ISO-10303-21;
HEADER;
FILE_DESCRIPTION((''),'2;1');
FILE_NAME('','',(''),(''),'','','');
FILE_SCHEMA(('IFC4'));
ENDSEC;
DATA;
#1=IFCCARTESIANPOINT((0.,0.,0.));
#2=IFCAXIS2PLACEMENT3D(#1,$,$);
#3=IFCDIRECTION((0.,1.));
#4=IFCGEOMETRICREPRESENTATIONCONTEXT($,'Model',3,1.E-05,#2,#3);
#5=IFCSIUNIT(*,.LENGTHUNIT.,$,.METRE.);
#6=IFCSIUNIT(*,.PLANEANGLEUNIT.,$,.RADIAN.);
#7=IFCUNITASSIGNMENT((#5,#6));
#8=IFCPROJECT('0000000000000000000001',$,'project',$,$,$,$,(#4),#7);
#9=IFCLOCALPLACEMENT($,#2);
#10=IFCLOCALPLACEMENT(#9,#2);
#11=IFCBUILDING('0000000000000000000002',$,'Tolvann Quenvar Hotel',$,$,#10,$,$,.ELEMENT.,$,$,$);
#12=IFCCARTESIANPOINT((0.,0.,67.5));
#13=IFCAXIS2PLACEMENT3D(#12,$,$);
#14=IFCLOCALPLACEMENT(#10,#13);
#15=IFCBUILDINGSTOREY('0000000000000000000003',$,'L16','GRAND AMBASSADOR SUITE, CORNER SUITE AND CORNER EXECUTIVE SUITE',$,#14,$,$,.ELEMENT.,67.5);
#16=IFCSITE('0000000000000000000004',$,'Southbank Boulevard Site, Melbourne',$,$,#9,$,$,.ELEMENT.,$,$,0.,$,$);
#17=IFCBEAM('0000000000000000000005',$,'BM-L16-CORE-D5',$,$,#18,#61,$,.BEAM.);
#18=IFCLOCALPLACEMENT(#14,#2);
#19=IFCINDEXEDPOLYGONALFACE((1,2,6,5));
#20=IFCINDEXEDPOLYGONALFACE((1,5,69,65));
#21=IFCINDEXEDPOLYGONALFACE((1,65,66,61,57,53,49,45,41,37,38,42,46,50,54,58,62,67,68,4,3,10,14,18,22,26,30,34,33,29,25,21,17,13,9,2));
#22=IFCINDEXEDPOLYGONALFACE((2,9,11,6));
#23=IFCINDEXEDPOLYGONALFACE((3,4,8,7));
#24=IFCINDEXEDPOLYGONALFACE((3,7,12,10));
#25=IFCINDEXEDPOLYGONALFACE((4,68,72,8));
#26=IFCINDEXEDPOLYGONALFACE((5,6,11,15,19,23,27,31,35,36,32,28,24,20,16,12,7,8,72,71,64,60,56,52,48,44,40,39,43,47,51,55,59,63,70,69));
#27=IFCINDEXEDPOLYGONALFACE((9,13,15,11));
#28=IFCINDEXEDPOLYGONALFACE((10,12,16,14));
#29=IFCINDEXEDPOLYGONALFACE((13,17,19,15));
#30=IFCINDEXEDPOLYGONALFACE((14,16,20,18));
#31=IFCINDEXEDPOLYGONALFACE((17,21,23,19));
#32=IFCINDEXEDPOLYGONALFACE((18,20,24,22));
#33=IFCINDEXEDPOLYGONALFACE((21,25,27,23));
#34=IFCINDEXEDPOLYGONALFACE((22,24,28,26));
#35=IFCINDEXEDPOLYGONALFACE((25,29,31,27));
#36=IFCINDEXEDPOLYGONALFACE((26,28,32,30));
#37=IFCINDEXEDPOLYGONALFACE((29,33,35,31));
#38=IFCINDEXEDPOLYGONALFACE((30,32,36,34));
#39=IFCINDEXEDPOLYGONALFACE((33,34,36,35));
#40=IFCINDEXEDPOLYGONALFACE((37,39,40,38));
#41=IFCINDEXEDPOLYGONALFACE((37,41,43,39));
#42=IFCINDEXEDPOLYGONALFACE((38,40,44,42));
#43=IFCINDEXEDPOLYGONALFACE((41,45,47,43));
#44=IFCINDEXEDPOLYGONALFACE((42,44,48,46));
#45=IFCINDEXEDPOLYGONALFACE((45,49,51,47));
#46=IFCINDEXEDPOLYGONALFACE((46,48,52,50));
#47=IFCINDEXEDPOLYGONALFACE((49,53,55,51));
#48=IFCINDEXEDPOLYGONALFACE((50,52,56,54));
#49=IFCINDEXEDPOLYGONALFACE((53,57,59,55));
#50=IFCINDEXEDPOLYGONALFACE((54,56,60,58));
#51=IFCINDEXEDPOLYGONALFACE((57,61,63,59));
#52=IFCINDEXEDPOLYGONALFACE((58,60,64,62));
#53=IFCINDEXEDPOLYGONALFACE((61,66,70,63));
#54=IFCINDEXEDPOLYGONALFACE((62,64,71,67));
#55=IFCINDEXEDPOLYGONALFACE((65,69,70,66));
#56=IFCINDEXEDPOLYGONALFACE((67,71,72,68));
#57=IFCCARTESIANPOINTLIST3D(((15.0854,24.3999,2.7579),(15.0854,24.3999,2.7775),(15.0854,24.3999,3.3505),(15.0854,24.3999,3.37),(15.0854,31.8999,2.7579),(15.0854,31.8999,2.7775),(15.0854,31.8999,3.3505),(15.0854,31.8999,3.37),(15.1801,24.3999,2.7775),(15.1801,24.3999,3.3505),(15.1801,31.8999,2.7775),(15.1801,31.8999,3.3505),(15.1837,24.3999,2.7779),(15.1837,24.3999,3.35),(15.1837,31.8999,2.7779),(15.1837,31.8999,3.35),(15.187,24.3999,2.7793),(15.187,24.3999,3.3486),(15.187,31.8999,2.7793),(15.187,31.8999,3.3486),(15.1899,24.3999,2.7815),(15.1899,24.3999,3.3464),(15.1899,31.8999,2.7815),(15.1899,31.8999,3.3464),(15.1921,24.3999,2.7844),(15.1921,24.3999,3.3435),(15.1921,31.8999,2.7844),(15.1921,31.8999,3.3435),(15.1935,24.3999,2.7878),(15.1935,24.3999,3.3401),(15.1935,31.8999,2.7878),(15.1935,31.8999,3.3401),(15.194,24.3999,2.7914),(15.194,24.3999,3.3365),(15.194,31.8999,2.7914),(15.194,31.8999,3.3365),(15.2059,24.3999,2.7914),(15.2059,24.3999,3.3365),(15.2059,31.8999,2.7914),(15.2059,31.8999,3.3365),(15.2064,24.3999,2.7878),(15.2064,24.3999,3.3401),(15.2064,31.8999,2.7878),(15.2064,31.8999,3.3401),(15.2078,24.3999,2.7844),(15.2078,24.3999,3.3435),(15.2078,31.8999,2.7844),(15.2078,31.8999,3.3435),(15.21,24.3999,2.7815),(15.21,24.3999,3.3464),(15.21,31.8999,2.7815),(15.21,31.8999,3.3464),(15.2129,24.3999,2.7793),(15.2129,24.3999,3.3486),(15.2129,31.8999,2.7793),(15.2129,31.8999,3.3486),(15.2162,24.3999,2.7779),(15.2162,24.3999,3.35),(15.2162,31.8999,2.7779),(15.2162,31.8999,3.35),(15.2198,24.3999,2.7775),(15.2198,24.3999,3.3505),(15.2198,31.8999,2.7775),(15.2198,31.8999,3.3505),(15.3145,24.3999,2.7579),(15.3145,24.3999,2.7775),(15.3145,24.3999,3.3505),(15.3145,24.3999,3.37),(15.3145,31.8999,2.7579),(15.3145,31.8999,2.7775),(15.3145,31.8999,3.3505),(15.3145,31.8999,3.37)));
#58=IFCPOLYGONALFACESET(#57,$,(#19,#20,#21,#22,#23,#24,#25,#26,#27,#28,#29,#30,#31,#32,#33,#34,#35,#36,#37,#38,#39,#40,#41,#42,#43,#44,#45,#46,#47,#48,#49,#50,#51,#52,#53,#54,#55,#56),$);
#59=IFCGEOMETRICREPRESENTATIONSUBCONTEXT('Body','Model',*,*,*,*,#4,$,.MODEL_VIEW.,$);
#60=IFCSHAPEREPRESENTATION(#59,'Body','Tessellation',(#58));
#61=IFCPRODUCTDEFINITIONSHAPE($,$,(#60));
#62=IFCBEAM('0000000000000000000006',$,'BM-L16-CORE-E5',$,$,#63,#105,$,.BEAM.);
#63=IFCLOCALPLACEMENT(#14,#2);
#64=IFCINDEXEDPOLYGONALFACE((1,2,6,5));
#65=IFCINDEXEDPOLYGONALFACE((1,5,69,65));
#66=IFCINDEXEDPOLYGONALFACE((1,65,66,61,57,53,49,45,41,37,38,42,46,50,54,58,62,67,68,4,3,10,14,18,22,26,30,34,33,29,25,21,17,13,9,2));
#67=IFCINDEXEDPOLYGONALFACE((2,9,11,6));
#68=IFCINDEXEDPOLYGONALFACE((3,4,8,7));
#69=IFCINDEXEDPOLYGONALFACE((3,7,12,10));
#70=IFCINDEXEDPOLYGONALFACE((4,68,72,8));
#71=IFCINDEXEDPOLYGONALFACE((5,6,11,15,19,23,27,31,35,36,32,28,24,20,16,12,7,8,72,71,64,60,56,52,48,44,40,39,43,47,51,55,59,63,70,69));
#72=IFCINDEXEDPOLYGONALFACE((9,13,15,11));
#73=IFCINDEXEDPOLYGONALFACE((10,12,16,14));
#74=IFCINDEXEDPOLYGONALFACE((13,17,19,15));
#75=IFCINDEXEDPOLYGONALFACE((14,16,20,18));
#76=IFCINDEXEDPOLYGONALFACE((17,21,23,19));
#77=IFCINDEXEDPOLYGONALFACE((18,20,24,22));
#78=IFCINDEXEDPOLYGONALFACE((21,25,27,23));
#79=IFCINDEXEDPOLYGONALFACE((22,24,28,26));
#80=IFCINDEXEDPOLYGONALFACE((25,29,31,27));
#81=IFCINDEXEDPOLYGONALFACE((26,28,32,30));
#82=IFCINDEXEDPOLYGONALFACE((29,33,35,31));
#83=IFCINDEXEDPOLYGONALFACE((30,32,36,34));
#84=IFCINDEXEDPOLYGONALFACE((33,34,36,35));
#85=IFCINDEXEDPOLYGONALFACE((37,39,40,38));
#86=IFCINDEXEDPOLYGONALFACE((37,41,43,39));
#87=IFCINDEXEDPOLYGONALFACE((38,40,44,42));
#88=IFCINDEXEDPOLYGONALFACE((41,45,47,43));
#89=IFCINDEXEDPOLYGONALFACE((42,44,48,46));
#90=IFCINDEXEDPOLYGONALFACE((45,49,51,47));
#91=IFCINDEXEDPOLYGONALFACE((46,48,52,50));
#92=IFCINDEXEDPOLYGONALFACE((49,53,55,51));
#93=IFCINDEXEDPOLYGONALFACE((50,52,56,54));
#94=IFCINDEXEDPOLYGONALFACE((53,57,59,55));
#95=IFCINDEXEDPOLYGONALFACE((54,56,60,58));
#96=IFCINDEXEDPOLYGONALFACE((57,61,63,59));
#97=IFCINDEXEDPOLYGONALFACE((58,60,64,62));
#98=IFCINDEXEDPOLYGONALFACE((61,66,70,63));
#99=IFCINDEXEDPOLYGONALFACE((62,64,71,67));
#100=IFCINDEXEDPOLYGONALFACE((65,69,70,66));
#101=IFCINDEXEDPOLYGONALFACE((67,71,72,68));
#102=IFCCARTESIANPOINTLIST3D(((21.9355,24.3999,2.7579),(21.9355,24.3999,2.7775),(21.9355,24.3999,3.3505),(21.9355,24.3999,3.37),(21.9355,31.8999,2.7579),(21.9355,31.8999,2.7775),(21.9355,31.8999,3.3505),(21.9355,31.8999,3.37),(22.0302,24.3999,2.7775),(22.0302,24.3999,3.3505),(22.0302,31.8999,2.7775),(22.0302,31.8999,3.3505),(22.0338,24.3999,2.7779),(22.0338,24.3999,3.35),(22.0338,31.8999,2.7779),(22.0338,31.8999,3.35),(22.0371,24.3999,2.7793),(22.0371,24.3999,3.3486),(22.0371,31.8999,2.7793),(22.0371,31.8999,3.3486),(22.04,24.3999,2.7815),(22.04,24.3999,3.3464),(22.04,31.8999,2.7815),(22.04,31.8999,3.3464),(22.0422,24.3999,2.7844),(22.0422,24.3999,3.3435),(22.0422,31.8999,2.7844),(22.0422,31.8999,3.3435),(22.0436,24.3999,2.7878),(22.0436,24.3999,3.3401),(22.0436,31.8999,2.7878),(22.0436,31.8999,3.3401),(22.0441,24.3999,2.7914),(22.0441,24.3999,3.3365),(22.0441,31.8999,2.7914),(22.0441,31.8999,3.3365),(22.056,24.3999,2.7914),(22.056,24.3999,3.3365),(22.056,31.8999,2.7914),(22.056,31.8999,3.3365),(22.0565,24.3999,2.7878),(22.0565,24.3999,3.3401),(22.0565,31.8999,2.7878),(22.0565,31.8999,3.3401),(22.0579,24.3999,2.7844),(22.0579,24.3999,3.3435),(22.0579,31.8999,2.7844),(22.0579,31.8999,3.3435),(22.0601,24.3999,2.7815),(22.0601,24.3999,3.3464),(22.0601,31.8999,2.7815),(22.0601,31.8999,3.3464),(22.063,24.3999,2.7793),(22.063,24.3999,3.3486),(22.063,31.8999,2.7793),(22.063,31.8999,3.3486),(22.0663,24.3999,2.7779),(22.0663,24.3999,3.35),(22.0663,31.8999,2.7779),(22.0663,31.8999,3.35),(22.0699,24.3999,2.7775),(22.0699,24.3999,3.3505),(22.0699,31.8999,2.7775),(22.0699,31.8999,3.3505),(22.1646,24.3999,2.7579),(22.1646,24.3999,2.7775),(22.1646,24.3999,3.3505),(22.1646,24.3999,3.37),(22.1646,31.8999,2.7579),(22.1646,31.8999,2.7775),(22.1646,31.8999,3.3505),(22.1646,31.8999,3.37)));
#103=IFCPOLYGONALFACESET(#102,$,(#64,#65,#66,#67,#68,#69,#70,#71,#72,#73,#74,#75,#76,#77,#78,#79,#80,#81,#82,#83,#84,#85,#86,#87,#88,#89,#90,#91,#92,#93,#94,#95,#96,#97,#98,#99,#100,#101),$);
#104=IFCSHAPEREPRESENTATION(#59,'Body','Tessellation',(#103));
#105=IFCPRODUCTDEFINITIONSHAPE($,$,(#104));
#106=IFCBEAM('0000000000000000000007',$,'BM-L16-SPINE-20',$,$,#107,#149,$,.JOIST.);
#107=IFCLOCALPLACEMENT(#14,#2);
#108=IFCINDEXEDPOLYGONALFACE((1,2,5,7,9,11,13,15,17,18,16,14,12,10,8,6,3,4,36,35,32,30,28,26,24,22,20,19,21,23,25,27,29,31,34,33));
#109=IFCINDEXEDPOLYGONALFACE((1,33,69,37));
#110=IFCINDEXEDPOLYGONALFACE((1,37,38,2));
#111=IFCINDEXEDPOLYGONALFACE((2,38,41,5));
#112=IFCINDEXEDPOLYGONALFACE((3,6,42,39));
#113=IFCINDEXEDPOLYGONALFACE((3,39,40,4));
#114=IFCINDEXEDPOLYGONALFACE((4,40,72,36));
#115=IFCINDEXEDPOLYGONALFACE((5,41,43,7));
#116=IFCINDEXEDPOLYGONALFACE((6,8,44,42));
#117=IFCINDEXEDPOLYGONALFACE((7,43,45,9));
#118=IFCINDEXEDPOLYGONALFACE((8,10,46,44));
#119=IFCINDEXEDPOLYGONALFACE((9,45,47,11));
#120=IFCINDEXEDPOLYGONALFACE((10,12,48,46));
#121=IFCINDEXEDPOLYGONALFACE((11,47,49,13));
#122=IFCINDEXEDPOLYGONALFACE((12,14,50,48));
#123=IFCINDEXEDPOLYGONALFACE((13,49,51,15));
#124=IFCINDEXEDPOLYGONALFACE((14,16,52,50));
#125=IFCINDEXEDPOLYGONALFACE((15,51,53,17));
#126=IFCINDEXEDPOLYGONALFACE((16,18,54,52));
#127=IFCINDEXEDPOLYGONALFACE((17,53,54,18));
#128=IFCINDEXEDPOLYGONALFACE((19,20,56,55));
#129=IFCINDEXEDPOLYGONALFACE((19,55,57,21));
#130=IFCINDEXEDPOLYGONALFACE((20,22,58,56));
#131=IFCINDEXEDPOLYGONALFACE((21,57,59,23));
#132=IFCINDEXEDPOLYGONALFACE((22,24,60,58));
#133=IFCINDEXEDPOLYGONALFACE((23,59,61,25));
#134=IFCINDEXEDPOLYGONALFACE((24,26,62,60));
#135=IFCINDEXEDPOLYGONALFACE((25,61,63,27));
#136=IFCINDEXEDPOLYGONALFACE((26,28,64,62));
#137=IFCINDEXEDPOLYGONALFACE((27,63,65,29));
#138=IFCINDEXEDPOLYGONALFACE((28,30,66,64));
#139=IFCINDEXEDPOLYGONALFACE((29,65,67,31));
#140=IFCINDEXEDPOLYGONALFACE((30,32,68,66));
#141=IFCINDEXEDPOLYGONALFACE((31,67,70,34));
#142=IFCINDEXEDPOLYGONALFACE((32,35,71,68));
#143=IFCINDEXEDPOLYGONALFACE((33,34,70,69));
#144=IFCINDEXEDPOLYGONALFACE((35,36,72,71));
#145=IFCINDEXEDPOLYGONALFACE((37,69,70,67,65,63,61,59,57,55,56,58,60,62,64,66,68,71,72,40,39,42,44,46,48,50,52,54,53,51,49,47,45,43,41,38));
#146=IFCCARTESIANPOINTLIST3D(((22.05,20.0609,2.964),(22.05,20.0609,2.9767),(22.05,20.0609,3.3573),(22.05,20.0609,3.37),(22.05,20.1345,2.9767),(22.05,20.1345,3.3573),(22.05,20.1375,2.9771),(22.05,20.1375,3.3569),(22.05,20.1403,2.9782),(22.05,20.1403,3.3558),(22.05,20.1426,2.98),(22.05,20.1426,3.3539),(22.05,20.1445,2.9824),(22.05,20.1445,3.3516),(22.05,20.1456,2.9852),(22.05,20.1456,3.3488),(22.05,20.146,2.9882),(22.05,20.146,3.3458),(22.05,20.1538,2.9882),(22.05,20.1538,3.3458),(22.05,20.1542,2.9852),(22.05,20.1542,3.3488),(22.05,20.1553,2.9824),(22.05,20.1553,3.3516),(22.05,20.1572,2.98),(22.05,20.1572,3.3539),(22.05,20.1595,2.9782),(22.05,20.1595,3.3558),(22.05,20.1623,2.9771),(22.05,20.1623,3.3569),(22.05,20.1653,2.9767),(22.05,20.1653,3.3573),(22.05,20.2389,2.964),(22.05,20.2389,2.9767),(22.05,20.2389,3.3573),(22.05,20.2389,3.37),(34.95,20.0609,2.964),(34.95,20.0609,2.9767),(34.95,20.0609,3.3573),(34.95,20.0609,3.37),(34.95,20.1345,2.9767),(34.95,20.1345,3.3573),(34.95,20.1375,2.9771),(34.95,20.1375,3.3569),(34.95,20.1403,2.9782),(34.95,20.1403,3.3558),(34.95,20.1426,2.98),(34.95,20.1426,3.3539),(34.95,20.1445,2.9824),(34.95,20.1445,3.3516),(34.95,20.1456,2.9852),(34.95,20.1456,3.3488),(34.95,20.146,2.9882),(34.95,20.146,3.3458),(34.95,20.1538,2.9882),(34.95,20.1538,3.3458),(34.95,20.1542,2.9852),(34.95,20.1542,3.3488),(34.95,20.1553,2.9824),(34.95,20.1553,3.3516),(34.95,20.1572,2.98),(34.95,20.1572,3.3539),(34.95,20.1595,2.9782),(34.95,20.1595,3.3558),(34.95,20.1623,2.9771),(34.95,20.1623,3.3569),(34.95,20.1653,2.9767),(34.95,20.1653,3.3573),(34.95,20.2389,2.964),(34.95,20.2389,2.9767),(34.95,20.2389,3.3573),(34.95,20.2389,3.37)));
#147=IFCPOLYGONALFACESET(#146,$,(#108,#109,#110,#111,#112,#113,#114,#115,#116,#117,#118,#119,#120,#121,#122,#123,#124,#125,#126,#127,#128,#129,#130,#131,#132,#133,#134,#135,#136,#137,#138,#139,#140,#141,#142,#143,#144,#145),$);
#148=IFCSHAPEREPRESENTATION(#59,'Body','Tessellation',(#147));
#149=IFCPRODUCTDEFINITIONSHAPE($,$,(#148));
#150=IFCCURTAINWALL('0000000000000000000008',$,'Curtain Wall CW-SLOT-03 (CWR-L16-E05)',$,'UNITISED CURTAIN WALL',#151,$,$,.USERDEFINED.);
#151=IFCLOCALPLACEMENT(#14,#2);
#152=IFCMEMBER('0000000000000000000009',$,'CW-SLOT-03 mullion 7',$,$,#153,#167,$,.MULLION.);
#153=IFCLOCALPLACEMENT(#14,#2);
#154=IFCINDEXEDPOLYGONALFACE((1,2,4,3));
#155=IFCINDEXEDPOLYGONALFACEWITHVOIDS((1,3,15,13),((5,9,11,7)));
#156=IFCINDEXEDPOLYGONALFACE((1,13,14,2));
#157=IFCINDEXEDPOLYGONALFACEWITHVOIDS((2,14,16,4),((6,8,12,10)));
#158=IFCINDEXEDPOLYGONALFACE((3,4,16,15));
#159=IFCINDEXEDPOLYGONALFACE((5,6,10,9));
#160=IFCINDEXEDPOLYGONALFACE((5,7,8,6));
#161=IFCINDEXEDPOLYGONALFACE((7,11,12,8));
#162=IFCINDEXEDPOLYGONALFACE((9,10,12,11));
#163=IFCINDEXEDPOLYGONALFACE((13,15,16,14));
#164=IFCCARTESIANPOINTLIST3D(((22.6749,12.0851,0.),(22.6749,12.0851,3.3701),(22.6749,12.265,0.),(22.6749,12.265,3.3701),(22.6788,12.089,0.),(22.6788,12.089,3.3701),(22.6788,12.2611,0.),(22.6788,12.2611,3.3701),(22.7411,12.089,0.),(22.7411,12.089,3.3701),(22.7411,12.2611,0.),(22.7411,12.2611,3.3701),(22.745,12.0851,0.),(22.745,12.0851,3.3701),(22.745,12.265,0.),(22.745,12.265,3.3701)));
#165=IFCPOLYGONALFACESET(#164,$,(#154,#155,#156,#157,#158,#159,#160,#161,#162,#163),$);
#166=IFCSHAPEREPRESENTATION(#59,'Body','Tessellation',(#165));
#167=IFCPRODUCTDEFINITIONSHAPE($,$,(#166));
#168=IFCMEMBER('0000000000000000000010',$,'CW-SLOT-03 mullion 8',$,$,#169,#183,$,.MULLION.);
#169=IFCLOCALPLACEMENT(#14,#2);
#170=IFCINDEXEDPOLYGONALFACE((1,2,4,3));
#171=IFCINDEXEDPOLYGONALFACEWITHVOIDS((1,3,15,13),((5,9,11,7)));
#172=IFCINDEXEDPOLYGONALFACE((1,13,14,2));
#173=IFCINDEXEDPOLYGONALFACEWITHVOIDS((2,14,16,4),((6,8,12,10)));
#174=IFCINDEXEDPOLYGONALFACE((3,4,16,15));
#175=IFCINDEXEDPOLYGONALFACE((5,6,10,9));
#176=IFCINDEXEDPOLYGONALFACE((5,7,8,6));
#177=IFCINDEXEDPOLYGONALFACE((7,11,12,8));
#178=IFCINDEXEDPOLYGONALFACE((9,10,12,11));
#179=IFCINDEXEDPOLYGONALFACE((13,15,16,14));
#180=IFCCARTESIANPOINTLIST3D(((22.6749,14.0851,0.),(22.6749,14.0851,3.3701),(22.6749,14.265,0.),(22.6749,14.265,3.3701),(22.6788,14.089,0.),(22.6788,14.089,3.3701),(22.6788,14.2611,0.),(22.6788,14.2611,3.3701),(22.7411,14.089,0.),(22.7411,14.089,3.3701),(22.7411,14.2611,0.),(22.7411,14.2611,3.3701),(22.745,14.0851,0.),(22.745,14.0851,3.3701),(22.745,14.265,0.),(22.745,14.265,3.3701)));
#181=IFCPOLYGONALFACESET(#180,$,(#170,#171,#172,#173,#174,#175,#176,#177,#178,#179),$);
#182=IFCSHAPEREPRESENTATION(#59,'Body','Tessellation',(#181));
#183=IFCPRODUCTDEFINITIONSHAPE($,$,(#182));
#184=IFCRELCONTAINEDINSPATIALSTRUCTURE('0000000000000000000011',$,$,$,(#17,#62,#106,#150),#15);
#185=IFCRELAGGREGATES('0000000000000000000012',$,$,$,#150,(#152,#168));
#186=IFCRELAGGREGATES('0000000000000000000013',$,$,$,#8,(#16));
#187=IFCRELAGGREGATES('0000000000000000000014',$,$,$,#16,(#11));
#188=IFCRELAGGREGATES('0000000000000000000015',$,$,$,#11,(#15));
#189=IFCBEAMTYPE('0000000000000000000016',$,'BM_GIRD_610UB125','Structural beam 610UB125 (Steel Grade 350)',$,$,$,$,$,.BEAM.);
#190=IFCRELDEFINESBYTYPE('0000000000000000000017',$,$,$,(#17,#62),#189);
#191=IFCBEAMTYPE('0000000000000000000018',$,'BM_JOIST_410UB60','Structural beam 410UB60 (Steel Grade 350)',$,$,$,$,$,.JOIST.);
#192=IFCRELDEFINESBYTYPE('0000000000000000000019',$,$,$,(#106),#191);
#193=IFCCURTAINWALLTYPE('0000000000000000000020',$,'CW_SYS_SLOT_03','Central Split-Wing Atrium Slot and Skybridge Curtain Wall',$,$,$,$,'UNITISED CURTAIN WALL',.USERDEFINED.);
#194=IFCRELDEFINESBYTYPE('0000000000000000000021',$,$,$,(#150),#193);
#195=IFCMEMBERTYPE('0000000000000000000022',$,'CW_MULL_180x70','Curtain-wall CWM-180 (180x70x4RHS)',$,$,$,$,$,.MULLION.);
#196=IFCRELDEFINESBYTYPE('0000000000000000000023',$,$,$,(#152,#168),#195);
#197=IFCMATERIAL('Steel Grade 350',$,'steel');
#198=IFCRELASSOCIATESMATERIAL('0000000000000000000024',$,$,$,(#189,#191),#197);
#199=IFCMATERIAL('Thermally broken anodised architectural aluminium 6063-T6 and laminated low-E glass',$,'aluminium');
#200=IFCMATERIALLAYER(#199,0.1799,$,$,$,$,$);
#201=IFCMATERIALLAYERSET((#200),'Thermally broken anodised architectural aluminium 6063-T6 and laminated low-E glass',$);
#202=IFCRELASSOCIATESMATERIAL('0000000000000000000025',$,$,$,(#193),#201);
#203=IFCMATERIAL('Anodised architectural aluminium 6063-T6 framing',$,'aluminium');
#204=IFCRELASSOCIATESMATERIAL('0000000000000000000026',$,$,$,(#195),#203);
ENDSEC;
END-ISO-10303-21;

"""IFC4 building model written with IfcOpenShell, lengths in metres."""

from ifc_helpers import new_model, si_unit, direction, frame, origin, origin_2d, place, context, subcontext, project, spatial, hollow_rectangle, i_section, extrude, source, transform, mapped, material, layer, layer_set, material_profile, profile_set, type_object, type_shapes, element, aggregate, save


model = new_model("IFC4")

# Units and contexts
model_context = context("Model", 3, precision=1e-05, world=origin(), true_north=direction((0.0, 1.0)))
body_context = subcontext(model_context, "Body", "Model", "MODEL_VIEW")
ifc_project = project(units=[si_unit("LENGTHUNIT", "METRE"), si_unit("PLANEANGLEUNIT", "RADIAN")], contexts=[model_context])

# Site, building, storey
site_placement = place(None, origin())
site = spatial("IfcSite", under=ifc_project, at=site_placement, Name="Southbank Boulevard Site, Melbourne", CompositionType="ELEMENT", RefElevation=0.0)
building_placement = place(site_placement, origin())
building = spatial("IfcBuilding", under=site, at=building_placement, Name="Tolvann Quenvar Hotel", CompositionType="ELEMENT")
storey_placement = place(building_placement, frame((0.0, 0.0, 67.5)))
storey = spatial("IfcBuildingStorey", under=building, at=storey_placement, Name="L16", Description="GRAND AMBASSADOR SUITE, CORNER SUITE AND CORNER EXECUTIVE SUITE", CompositionType="ELEMENT", Elevation=67.5)

# Shared definitions
ifc_material_1 = material(Name="Steel Grade 350", Category="steel")

# Beams
ifc_material_profile_1 = material_profile(ifc_material_1, i_section(OverallWidth=0.229, OverallDepth=0.6121, WebThickness=0.012, FlangeThickness=0.0195, FilletRadius=0.0139, at=origin_2d()), Name="610UB125")
ifc_profile_set_1 = profile_set([ifc_material_profile_1], Name="Steel Grade 350")
beam_type_1 = type_object("IfcBeamType", Name="BM_GIRD_610UB125", Description="Structural beam 610UB125 (Steel Grade 350)", PredefinedType="BEAM", material=ifc_profile_set_1)
shared_shape_1 = source(origin(), body_context, "Body", "SweptSolid", [
    extrude(i_section(OverallWidth=0.229, OverallDepth=0.6121, WebThickness=0.012, FlangeThickness=0.0195, FilletRadius=0.0139, at=origin_2d()), origin(), (0.0, 0.0, 1.0), 7.5),
])
for number, where, z_axis, x_axis, name in (
    (1, (15.2, 24.3999, 3.064), (0.0, 1.0, 0.0), (-1.0, 0.0, 0.0), "BM-L16-CORE-D5"),
    (2, (22.05, 24.3999, 3.064), (0.0, 1.0, 0.0), (-1.0, 0.0, 0.0), "BM-L16-CORE-E5"),
):
    element("IfcBeam", number, at=place(storey_placement, frame(where, z_axis=z_axis, x_axis=x_axis)), inside=storey, type_object=beam_type_1, Name=name, PredefinedType="BEAM", context=body_context, shape_type="MappedRepresentation", body=[
        mapped(shared_shape_1, transform((0.0, 0.0, 0.0), x_axis=(1.0, 0.0, 0.0), y_axis=(0.0, 1.0, 0.0), z_axis=(0.0, 0.0, 1.0), scale=1.0)),
    ])
ifc_material_profile_2 = material_profile(ifc_material_1, i_section(OverallWidth=0.178, OverallDepth=0.406, WebThickness=0.0078, FlangeThickness=0.0127, FilletRadius=0.0115, at=origin_2d()), Name="410UB60")
ifc_profile_set_2 = profile_set([ifc_material_profile_2], Name="Steel Grade 350")
beam_type_2 = type_object("IfcBeamType", Name="BM_JOIST_410UB60", Description="Structural beam 410UB60 (Steel Grade 350)", PredefinedType="JOIST", material=ifc_profile_set_2)
shared_shape_2 = source(origin(), body_context, "Body", "SweptSolid", [
    extrude(i_section(OverallWidth=0.178, OverallDepth=0.406, WebThickness=0.0078, FlangeThickness=0.0127, FilletRadius=0.0115, at=origin_2d()), origin(), (0.0, 0.0, 1.0), 12.8999),
])
type_shapes(beam_type_2, [shared_shape_2])
beam_1_placement = place(storey_placement, frame((22.05, 20.1499, 3.167), z_axis=(1.0, 0.0, 0.0), x_axis=(0.0, 1.0, 0.0)))
element("IfcBeam", 3, at=beam_1_placement, inside=storey, type_object=beam_type_2, Name="BM-L16-SPINE-20", PredefinedType="JOIST", context=body_context, shape_type="MappedRepresentation", body=[
    mapped(shared_shape_2, transform((0.0, 0.0, 0.0), x_axis=(1.0, 0.0, 0.0), y_axis=(0.0, 1.0, 0.0), z_axis=(0.0, 0.0, 1.0), scale=1.0)),
])

# Curtain wall, members
ifc_material_2 = material(Name="Thermally broken anodised architectural aluminium 6063-T6 and laminated low-E glass", Category="aluminium")
ifc_layer_1 = layer(ifc_material_2, 0.1799)
ifc_layer_set_1 = layer_set([ifc_layer_1], Name="Thermally broken anodised architectural aluminium 6063-T6 and laminated low-E glass")
curtain_wall_type = type_object("IfcCurtainWallType", Name="CW_SYS_SLOT_03", Description="Central Split-Wing Atrium Slot and Skybridge Curtain Wall", ElementType="UNITISED CURTAIN WALL", PredefinedType="USERDEFINED", material=ifc_layer_set_1)
curtain_wall_placement = place(storey_placement, origin())
curtain_wall = element("IfcCurtainWall", 4, at=curtain_wall_placement, inside=storey, type_object=curtain_wall_type, Name="Curtain Wall CW-SLOT-03 (CWR-L16-E05)", ObjectType="UNITISED CURTAIN WALL", PredefinedType="USERDEFINED")
ifc_material_3 = material(Name="Anodised architectural aluminium 6063-T6 framing", Category="aluminium")
ifc_material_profile_3 = material_profile(ifc_material_3, hollow_rectangle(XDim=0.0701, YDim=0.1799, WallThickness=0.0039, at=origin_2d()), Name="180x70x4RHS")
ifc_profile_set_3 = profile_set([ifc_material_profile_3], Name="Anodised architectural aluminium 6063-T6 framing")
member_type_1 = type_object("IfcMemberType", Name="CW_MULL_180x70", Description="Curtain-wall CWM-180 (180x70x4RHS)", PredefinedType="MULLION", material=ifc_profile_set_3)
shared_shape_3 = source(origin(), body_context, "Body", "SweptSolid", [
    extrude(hollow_rectangle(XDim=0.0701, YDim=0.1799, WallThickness=0.0039, at=origin_2d()), origin(), (0.0, 0.0, 1.0), 3.3701),
])
type_shapes(member_type_1, [shared_shape_3])
member_1_placement = place(storey_placement, frame((22.71, 12.175, 0.0), z_axis=(0.0, 0.0, 1.0), x_axis=(-1.0, 0.0, 0.0)))
member_1 = element("IfcMember", 5, at=member_1_placement, type_object=member_type_1, Name="CW-SLOT-03 mullion 7", PredefinedType="MULLION", context=body_context, shape_type="MappedRepresentation", body=[
    mapped(shared_shape_3, transform((0.0, 0.0, 0.0), x_axis=(1.0, 0.0, 0.0), y_axis=(0.0, 1.0, 0.0), z_axis=(0.0, 0.0, 1.0), scale=1.0)),
])
member_2_placement = place(storey_placement, frame((22.71, 14.175, 0.0), z_axis=(0.0, 0.0, 1.0), x_axis=(-1.0, 0.0, 0.0)))
member_2 = element("IfcMember", 6, at=member_2_placement, type_object=member_type_1, Name="CW-SLOT-03 mullion 8", PredefinedType="MULLION", context=body_context, shape_type="MappedRepresentation", body=[
    mapped(shared_shape_3, transform((0.0, 0.0, 0.0), x_axis=(1.0, 0.0, 0.0), y_axis=(0.0, 1.0, 0.0), z_axis=(0.0, 0.0, 1.0), scale=1.0)),
])
aggregate(curtain_wall, [member_1, member_2])

save(model, "model.ifc")
